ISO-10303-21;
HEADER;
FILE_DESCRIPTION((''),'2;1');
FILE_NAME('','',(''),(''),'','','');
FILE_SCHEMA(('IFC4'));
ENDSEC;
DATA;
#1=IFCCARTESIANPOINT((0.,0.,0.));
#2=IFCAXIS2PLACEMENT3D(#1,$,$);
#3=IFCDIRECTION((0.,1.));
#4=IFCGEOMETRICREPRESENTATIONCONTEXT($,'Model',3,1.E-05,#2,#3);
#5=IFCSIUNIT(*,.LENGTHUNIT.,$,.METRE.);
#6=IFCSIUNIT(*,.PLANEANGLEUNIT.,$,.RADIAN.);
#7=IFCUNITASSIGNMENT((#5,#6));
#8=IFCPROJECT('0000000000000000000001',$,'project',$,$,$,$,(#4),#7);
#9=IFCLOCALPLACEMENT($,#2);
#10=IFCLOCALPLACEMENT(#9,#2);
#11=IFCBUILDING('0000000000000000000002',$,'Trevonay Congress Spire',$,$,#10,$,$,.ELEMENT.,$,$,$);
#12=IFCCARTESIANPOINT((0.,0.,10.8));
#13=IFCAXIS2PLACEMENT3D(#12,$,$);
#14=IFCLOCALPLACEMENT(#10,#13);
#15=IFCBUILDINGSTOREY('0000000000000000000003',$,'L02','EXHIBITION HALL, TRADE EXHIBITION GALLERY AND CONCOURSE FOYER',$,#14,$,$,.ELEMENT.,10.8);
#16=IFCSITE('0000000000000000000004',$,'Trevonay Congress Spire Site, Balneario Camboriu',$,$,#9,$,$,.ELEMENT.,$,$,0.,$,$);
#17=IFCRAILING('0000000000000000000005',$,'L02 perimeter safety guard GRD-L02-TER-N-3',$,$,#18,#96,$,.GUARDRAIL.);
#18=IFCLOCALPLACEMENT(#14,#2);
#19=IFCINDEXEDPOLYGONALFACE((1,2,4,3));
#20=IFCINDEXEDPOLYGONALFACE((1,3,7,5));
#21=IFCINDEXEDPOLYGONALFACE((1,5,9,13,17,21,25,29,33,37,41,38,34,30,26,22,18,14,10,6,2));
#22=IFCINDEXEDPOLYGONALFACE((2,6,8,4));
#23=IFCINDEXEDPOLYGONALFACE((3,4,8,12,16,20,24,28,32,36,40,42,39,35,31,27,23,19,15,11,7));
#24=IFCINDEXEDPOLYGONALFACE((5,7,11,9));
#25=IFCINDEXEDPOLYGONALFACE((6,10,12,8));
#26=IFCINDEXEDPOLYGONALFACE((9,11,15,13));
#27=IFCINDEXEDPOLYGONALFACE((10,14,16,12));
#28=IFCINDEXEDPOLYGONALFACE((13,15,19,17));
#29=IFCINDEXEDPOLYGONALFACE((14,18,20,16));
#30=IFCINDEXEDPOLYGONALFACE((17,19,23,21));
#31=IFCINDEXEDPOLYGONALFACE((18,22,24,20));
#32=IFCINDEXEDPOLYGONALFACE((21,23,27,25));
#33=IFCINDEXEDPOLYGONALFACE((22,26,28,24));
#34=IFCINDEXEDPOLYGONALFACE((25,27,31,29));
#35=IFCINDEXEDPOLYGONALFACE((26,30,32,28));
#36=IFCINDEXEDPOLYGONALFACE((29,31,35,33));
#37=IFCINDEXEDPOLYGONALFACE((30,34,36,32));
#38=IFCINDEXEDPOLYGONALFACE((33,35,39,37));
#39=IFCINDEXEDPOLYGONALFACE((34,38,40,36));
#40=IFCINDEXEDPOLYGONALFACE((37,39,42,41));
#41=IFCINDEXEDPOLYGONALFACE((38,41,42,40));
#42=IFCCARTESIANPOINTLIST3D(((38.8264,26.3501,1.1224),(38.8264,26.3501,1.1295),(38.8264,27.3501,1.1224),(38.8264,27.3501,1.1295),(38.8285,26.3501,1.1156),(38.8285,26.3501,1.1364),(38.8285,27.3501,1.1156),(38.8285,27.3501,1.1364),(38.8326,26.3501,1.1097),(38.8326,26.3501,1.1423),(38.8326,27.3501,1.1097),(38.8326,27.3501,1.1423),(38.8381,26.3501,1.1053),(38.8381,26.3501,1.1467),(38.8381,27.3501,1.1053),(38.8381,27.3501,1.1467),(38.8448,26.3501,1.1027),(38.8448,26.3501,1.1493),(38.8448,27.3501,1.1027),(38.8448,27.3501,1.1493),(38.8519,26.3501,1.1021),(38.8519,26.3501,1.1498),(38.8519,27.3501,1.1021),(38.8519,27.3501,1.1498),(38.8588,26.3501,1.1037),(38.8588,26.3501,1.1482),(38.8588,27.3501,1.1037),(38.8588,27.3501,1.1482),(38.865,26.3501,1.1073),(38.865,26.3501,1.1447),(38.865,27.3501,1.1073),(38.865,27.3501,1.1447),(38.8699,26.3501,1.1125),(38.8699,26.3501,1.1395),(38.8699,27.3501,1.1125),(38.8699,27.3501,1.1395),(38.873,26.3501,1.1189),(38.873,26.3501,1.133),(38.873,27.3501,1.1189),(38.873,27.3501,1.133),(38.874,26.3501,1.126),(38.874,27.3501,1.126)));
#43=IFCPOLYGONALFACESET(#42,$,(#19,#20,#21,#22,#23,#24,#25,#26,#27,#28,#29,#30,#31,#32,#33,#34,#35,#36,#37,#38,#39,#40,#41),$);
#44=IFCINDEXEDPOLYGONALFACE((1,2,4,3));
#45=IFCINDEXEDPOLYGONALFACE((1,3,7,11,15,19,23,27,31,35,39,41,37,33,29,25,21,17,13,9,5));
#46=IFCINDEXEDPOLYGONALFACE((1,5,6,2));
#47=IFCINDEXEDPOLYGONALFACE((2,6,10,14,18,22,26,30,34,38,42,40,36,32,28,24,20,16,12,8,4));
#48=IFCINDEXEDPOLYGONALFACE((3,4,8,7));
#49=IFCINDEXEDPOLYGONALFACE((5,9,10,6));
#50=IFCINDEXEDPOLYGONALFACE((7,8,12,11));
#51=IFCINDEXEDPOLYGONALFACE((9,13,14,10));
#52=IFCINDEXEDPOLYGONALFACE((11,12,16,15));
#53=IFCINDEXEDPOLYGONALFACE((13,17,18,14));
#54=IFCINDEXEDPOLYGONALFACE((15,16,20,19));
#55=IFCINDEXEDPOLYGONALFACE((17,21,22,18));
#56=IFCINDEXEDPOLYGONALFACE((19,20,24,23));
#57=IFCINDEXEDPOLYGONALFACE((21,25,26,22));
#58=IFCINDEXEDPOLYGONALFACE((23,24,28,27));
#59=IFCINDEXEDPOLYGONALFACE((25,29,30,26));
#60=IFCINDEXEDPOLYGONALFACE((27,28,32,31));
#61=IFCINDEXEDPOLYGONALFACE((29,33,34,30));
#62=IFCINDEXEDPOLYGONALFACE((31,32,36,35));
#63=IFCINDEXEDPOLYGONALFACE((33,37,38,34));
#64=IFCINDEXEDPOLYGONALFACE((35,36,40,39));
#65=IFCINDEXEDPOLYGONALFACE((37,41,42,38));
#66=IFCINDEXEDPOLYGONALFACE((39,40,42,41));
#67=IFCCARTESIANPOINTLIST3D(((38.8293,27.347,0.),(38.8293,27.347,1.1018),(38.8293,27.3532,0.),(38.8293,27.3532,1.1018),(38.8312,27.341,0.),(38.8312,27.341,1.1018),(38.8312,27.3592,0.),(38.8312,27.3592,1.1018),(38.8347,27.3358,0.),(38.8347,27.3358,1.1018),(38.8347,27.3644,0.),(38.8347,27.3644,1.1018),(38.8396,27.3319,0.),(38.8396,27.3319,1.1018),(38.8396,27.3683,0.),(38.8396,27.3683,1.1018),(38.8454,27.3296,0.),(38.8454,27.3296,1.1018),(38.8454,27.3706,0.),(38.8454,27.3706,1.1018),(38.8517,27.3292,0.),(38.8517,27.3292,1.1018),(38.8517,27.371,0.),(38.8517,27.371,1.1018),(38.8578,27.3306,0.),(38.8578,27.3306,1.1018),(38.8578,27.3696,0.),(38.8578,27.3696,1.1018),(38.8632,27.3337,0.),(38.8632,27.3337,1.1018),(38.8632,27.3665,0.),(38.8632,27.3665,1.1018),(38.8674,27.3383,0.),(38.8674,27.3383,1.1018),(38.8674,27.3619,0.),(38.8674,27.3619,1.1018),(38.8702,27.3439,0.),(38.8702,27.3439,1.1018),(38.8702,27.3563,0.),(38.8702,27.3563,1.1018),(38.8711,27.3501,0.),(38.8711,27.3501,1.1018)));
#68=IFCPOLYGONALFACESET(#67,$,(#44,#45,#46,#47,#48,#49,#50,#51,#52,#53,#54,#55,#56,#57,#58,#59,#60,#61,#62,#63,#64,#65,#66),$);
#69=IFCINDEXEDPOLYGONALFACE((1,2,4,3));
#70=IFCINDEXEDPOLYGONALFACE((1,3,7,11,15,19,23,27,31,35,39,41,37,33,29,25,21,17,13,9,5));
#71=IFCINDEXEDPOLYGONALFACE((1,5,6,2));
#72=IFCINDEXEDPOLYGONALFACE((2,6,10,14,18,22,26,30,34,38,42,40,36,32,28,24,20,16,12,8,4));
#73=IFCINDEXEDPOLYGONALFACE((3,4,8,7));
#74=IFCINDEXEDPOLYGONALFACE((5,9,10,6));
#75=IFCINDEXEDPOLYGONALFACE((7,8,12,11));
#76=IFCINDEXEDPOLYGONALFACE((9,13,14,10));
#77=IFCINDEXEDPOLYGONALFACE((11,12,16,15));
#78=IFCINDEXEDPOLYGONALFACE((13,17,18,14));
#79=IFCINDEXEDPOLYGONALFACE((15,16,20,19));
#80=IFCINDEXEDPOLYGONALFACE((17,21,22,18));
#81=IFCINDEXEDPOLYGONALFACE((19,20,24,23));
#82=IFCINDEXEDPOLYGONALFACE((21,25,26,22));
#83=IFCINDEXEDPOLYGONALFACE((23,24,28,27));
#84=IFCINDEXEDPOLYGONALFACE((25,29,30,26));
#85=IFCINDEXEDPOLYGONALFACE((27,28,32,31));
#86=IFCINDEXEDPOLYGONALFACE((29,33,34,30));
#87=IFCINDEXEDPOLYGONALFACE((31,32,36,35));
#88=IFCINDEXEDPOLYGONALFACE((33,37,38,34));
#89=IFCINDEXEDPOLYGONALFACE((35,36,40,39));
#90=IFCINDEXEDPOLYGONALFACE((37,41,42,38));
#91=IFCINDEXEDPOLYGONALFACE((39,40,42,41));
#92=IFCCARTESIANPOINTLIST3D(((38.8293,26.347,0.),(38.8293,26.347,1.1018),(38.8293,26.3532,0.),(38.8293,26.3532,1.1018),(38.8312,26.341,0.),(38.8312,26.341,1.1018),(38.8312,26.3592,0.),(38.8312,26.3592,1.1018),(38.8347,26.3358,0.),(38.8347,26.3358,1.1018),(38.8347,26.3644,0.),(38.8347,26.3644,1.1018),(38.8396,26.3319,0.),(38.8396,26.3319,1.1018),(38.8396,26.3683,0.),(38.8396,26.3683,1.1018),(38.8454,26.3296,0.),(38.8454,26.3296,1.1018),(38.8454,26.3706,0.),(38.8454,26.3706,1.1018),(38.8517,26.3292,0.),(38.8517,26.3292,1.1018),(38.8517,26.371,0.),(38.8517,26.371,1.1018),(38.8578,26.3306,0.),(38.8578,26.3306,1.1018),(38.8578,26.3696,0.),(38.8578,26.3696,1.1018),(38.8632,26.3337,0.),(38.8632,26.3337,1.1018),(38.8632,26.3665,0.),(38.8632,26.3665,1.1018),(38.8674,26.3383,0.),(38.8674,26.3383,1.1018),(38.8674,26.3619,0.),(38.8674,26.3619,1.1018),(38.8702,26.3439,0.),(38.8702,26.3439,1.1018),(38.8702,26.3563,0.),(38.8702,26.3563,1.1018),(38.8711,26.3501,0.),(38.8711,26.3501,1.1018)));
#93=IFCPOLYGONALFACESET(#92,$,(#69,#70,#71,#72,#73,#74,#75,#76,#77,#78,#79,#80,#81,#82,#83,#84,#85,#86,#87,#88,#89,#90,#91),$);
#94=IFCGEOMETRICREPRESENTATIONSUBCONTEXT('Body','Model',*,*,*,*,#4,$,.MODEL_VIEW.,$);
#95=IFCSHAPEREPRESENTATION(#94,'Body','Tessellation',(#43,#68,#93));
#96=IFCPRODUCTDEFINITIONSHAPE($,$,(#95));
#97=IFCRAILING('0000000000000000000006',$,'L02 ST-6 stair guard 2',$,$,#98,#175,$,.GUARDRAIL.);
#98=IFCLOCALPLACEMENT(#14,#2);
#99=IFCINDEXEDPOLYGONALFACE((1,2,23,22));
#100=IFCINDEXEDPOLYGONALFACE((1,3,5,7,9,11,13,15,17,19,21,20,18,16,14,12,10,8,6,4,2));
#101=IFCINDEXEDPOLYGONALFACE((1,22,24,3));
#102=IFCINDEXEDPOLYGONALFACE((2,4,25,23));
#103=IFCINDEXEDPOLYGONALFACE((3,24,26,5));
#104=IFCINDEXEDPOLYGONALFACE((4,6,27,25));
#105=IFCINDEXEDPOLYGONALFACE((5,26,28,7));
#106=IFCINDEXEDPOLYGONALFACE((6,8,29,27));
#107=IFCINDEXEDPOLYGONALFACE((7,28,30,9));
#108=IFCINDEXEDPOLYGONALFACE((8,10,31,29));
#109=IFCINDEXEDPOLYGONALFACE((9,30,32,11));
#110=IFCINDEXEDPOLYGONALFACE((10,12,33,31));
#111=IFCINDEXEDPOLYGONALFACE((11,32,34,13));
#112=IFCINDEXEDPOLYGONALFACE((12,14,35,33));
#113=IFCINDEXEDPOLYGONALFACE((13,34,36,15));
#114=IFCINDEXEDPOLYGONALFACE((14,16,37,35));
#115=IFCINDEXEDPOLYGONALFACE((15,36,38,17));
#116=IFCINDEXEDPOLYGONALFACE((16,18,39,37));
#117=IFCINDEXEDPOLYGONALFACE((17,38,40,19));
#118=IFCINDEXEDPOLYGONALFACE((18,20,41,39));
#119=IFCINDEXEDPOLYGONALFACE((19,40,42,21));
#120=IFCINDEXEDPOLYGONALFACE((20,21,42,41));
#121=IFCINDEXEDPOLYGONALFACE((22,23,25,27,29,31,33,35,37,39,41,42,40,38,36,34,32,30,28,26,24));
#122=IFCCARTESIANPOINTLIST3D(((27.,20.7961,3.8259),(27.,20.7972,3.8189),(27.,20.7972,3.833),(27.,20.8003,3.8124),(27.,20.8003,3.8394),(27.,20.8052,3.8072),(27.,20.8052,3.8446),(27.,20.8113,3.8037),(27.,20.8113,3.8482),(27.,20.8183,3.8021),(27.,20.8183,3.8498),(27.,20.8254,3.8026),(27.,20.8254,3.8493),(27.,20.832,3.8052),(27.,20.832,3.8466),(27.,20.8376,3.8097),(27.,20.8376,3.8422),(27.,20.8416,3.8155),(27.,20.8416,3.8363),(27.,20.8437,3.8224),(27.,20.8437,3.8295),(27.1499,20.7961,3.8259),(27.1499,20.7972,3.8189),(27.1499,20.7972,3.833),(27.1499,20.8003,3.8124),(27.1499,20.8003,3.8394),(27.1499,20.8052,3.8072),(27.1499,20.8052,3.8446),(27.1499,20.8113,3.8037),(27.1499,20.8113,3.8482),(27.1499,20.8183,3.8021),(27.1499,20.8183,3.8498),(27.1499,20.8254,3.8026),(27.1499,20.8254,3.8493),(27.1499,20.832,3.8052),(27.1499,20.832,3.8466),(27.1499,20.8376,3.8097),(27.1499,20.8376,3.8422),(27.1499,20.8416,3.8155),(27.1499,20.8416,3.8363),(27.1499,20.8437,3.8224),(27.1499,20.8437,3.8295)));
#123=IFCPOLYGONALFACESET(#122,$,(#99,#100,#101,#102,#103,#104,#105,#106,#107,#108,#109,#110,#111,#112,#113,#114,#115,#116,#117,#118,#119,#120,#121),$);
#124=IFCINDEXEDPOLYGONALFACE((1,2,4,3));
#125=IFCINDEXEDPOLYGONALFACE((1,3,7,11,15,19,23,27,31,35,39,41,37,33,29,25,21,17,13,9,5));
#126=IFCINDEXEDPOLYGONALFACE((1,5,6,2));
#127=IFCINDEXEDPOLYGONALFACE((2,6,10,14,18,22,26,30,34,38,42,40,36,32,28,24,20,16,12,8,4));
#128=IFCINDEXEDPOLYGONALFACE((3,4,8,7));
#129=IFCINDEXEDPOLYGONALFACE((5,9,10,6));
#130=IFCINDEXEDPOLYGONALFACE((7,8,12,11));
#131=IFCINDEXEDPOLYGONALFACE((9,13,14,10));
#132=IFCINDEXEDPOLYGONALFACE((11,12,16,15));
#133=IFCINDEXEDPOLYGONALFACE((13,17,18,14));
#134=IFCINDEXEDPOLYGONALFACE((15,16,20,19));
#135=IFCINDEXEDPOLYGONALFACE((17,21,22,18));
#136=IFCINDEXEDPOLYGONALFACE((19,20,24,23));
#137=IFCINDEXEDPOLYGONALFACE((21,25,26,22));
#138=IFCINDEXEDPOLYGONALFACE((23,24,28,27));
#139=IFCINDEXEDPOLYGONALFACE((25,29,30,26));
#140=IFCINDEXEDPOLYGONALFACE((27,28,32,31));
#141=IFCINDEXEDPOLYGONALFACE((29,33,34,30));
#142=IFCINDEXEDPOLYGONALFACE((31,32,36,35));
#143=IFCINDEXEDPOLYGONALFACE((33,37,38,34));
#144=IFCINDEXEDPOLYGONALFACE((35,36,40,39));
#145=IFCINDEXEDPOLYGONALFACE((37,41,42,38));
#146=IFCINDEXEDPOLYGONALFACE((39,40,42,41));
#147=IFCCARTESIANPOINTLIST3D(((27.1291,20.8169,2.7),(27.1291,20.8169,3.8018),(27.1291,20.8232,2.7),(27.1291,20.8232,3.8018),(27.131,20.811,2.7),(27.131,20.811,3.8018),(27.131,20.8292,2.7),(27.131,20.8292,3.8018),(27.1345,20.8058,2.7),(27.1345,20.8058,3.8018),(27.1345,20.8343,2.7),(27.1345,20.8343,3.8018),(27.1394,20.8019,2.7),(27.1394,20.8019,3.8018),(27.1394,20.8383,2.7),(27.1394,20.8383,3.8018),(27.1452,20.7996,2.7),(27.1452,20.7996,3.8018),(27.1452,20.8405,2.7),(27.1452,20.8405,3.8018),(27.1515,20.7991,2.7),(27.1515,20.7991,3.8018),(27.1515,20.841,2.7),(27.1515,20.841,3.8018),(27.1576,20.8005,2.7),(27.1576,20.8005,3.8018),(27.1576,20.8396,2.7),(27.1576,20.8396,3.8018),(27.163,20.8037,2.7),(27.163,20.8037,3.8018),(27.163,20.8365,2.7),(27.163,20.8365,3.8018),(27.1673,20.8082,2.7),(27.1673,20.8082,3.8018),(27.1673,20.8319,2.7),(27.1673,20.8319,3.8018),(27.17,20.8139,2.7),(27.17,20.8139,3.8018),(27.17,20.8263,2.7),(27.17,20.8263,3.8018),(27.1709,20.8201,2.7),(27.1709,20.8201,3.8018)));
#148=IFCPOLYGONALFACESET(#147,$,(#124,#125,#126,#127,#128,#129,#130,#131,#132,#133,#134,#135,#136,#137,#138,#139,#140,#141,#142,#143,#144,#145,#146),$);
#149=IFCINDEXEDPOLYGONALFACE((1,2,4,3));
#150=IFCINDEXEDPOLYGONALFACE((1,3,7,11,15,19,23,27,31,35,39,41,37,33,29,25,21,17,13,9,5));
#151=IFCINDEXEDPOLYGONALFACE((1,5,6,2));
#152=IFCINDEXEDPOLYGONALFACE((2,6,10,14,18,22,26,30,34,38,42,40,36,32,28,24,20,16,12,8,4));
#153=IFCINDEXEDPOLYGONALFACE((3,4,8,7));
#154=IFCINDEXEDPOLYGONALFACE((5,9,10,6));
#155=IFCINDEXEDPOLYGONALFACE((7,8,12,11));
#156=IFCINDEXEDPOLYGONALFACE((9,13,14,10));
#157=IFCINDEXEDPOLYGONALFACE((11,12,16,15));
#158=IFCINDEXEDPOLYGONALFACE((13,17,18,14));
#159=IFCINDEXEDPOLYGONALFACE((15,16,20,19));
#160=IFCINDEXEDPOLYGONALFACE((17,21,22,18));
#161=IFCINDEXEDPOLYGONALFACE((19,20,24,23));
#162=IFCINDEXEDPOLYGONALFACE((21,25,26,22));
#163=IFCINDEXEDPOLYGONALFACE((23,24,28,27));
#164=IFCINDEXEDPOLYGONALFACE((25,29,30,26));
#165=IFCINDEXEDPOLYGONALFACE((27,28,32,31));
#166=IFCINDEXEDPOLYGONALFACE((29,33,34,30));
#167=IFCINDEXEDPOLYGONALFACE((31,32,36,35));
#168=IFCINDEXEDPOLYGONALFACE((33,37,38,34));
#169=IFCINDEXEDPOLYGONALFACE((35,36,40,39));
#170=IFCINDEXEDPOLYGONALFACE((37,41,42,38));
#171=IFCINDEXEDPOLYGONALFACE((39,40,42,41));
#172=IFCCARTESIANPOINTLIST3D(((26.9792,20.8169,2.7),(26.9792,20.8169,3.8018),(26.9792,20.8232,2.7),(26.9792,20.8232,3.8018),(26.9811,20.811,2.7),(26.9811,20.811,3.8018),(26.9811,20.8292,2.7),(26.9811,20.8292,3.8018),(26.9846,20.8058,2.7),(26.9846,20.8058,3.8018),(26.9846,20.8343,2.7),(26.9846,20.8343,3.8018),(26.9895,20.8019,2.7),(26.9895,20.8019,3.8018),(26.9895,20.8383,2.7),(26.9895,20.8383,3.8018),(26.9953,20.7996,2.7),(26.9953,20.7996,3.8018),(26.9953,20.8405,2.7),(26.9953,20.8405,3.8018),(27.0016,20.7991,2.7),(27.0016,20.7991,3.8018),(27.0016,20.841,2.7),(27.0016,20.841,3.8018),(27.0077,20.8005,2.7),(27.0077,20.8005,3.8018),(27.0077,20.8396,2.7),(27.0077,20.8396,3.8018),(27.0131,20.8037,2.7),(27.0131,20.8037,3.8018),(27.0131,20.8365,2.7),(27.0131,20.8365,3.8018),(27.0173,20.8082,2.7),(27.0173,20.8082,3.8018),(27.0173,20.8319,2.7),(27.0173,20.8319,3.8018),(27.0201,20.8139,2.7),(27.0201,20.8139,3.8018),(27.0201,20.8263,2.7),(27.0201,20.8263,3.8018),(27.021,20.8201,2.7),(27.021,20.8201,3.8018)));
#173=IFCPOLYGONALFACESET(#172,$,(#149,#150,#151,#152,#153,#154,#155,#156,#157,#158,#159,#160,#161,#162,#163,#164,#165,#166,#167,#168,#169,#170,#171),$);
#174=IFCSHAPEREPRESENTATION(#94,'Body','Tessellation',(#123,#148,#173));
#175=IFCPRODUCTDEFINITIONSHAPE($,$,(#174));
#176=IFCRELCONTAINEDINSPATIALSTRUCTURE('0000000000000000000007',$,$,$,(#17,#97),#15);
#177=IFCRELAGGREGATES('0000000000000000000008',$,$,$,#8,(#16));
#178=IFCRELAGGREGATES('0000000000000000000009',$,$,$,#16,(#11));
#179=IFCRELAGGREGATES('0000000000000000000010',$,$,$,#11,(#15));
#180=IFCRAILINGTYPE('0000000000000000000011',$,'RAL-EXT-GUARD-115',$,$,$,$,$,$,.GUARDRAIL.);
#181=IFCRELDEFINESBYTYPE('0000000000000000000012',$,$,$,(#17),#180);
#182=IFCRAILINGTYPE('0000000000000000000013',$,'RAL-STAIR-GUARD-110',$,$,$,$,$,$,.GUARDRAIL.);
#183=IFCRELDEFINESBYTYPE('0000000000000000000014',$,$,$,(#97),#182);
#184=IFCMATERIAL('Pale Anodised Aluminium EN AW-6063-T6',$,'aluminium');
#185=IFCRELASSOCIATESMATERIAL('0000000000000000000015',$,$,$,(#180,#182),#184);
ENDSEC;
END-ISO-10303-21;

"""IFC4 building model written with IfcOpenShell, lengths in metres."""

from ifc_helpers import new_model, si_unit, direction, frame, origin, origin_2d, place, context, subcontext, project, spatial, circle, extrude, material, type_object, element, save


model = new_model("IFC4")

# Units and contexts
model_context = context("Model", 3, precision=1e-05, world=origin(), true_north=direction((0.0, 1.0)))
body_context = subcontext(model_context, "Body", "Model", "MODEL_VIEW")
ifc_project = project(units=[si_unit("LENGTHUNIT", "METRE"), si_unit("PLANEANGLEUNIT", "RADIAN")], contexts=[model_context])

# Site, building, storey
site_placement = place(None, origin())
site = spatial("IfcSite", under=ifc_project, at=site_placement, Name="Trevonay Congress Spire Site, Balneario Camboriu", CompositionType="ELEMENT", RefElevation=0.0)
building_placement = place(site_placement, origin())
building = spatial("IfcBuilding", under=site, at=building_placement, Name="Trevonay Congress Spire", CompositionType="ELEMENT")
storey_placement = place(building_placement, frame((0.0, 0.0, 10.8)))
storey = spatial("IfcBuildingStorey", under=building, at=storey_placement, Name="L02", Description="EXHIBITION HALL, TRADE EXHIBITION GALLERY AND CONCOURSE FOYER", CompositionType="ELEMENT", Elevation=10.8)

# Shared definitions
ifc_material_1 = material(Name="Pale Anodised Aluminium EN AW-6063-T6", Category="aluminium")

# Railings
railing_type_1 = type_object("IfcRailingType", Name="RAL-EXT-GUARD-115", PredefinedType="GUARDRAIL", material=ifc_material_1)
railing_1_placement = place(storey_placement, frame((38.8501, 27.3501, 0.0)))
element("IfcRailing", 1, at=railing_1_placement, inside=storey, type_object=railing_type_1, Name="L02 perimeter safety guard GRD-L02-TER-N-3", PredefinedType="GUARDRAIL", context=body_context, shape_type="SweptSolid", body=[
    extrude(circle(Radius=0.0239, at=origin_2d()), frame((0.0, 0.0, 1.126), z_axis=(0.0, -1.0, 0.0), x_axis=(1.0, 0.0, 0.0)), (0.0, 0.0, 1.0), 1.0),
    extrude(circle(Radius=0.021, at=origin_2d()), origin(), (0.0, 0.0, 1.0), 1.1018),
    extrude(circle(Radius=0.021, at=origin_2d()), frame((0.0, -1.0, 0.0)), (0.0, 0.0, 1.0), 1.1018),
])
railing_type_2 = type_object("IfcRailingType", Name="RAL-STAIR-GUARD-110", PredefinedType="GUARDRAIL", material=ifc_material_1)
railing_2_placement = place(storey_placement, frame((27.1499, 20.8201, 2.7)))
element("IfcRailing", 2, at=railing_2_placement, inside=storey, type_object=railing_type_2, Name="L02 ST-6 stair guard 2", PredefinedType="GUARDRAIL", context=body_context, shape_type="SweptSolid", body=[
    extrude(circle(Radius=0.0239, at=origin_2d()), frame((0.0, 0.0, 1.126), z_axis=(-1.0, 0.0, 0.0), x_axis=(0.0, -1.0, 0.0)), (0.0, 0.0, 1.0), 0.1499),
    extrude(circle(Radius=0.021, at=origin_2d()), origin(), (0.0, 0.0, 1.0), 1.1018),
    extrude(circle(Radius=0.021, at=origin_2d()), frame((-0.1499, 0.0, 0.0)), (0.0, 0.0, 1.0), 1.1018),
])

save(model, "model.ifc")
